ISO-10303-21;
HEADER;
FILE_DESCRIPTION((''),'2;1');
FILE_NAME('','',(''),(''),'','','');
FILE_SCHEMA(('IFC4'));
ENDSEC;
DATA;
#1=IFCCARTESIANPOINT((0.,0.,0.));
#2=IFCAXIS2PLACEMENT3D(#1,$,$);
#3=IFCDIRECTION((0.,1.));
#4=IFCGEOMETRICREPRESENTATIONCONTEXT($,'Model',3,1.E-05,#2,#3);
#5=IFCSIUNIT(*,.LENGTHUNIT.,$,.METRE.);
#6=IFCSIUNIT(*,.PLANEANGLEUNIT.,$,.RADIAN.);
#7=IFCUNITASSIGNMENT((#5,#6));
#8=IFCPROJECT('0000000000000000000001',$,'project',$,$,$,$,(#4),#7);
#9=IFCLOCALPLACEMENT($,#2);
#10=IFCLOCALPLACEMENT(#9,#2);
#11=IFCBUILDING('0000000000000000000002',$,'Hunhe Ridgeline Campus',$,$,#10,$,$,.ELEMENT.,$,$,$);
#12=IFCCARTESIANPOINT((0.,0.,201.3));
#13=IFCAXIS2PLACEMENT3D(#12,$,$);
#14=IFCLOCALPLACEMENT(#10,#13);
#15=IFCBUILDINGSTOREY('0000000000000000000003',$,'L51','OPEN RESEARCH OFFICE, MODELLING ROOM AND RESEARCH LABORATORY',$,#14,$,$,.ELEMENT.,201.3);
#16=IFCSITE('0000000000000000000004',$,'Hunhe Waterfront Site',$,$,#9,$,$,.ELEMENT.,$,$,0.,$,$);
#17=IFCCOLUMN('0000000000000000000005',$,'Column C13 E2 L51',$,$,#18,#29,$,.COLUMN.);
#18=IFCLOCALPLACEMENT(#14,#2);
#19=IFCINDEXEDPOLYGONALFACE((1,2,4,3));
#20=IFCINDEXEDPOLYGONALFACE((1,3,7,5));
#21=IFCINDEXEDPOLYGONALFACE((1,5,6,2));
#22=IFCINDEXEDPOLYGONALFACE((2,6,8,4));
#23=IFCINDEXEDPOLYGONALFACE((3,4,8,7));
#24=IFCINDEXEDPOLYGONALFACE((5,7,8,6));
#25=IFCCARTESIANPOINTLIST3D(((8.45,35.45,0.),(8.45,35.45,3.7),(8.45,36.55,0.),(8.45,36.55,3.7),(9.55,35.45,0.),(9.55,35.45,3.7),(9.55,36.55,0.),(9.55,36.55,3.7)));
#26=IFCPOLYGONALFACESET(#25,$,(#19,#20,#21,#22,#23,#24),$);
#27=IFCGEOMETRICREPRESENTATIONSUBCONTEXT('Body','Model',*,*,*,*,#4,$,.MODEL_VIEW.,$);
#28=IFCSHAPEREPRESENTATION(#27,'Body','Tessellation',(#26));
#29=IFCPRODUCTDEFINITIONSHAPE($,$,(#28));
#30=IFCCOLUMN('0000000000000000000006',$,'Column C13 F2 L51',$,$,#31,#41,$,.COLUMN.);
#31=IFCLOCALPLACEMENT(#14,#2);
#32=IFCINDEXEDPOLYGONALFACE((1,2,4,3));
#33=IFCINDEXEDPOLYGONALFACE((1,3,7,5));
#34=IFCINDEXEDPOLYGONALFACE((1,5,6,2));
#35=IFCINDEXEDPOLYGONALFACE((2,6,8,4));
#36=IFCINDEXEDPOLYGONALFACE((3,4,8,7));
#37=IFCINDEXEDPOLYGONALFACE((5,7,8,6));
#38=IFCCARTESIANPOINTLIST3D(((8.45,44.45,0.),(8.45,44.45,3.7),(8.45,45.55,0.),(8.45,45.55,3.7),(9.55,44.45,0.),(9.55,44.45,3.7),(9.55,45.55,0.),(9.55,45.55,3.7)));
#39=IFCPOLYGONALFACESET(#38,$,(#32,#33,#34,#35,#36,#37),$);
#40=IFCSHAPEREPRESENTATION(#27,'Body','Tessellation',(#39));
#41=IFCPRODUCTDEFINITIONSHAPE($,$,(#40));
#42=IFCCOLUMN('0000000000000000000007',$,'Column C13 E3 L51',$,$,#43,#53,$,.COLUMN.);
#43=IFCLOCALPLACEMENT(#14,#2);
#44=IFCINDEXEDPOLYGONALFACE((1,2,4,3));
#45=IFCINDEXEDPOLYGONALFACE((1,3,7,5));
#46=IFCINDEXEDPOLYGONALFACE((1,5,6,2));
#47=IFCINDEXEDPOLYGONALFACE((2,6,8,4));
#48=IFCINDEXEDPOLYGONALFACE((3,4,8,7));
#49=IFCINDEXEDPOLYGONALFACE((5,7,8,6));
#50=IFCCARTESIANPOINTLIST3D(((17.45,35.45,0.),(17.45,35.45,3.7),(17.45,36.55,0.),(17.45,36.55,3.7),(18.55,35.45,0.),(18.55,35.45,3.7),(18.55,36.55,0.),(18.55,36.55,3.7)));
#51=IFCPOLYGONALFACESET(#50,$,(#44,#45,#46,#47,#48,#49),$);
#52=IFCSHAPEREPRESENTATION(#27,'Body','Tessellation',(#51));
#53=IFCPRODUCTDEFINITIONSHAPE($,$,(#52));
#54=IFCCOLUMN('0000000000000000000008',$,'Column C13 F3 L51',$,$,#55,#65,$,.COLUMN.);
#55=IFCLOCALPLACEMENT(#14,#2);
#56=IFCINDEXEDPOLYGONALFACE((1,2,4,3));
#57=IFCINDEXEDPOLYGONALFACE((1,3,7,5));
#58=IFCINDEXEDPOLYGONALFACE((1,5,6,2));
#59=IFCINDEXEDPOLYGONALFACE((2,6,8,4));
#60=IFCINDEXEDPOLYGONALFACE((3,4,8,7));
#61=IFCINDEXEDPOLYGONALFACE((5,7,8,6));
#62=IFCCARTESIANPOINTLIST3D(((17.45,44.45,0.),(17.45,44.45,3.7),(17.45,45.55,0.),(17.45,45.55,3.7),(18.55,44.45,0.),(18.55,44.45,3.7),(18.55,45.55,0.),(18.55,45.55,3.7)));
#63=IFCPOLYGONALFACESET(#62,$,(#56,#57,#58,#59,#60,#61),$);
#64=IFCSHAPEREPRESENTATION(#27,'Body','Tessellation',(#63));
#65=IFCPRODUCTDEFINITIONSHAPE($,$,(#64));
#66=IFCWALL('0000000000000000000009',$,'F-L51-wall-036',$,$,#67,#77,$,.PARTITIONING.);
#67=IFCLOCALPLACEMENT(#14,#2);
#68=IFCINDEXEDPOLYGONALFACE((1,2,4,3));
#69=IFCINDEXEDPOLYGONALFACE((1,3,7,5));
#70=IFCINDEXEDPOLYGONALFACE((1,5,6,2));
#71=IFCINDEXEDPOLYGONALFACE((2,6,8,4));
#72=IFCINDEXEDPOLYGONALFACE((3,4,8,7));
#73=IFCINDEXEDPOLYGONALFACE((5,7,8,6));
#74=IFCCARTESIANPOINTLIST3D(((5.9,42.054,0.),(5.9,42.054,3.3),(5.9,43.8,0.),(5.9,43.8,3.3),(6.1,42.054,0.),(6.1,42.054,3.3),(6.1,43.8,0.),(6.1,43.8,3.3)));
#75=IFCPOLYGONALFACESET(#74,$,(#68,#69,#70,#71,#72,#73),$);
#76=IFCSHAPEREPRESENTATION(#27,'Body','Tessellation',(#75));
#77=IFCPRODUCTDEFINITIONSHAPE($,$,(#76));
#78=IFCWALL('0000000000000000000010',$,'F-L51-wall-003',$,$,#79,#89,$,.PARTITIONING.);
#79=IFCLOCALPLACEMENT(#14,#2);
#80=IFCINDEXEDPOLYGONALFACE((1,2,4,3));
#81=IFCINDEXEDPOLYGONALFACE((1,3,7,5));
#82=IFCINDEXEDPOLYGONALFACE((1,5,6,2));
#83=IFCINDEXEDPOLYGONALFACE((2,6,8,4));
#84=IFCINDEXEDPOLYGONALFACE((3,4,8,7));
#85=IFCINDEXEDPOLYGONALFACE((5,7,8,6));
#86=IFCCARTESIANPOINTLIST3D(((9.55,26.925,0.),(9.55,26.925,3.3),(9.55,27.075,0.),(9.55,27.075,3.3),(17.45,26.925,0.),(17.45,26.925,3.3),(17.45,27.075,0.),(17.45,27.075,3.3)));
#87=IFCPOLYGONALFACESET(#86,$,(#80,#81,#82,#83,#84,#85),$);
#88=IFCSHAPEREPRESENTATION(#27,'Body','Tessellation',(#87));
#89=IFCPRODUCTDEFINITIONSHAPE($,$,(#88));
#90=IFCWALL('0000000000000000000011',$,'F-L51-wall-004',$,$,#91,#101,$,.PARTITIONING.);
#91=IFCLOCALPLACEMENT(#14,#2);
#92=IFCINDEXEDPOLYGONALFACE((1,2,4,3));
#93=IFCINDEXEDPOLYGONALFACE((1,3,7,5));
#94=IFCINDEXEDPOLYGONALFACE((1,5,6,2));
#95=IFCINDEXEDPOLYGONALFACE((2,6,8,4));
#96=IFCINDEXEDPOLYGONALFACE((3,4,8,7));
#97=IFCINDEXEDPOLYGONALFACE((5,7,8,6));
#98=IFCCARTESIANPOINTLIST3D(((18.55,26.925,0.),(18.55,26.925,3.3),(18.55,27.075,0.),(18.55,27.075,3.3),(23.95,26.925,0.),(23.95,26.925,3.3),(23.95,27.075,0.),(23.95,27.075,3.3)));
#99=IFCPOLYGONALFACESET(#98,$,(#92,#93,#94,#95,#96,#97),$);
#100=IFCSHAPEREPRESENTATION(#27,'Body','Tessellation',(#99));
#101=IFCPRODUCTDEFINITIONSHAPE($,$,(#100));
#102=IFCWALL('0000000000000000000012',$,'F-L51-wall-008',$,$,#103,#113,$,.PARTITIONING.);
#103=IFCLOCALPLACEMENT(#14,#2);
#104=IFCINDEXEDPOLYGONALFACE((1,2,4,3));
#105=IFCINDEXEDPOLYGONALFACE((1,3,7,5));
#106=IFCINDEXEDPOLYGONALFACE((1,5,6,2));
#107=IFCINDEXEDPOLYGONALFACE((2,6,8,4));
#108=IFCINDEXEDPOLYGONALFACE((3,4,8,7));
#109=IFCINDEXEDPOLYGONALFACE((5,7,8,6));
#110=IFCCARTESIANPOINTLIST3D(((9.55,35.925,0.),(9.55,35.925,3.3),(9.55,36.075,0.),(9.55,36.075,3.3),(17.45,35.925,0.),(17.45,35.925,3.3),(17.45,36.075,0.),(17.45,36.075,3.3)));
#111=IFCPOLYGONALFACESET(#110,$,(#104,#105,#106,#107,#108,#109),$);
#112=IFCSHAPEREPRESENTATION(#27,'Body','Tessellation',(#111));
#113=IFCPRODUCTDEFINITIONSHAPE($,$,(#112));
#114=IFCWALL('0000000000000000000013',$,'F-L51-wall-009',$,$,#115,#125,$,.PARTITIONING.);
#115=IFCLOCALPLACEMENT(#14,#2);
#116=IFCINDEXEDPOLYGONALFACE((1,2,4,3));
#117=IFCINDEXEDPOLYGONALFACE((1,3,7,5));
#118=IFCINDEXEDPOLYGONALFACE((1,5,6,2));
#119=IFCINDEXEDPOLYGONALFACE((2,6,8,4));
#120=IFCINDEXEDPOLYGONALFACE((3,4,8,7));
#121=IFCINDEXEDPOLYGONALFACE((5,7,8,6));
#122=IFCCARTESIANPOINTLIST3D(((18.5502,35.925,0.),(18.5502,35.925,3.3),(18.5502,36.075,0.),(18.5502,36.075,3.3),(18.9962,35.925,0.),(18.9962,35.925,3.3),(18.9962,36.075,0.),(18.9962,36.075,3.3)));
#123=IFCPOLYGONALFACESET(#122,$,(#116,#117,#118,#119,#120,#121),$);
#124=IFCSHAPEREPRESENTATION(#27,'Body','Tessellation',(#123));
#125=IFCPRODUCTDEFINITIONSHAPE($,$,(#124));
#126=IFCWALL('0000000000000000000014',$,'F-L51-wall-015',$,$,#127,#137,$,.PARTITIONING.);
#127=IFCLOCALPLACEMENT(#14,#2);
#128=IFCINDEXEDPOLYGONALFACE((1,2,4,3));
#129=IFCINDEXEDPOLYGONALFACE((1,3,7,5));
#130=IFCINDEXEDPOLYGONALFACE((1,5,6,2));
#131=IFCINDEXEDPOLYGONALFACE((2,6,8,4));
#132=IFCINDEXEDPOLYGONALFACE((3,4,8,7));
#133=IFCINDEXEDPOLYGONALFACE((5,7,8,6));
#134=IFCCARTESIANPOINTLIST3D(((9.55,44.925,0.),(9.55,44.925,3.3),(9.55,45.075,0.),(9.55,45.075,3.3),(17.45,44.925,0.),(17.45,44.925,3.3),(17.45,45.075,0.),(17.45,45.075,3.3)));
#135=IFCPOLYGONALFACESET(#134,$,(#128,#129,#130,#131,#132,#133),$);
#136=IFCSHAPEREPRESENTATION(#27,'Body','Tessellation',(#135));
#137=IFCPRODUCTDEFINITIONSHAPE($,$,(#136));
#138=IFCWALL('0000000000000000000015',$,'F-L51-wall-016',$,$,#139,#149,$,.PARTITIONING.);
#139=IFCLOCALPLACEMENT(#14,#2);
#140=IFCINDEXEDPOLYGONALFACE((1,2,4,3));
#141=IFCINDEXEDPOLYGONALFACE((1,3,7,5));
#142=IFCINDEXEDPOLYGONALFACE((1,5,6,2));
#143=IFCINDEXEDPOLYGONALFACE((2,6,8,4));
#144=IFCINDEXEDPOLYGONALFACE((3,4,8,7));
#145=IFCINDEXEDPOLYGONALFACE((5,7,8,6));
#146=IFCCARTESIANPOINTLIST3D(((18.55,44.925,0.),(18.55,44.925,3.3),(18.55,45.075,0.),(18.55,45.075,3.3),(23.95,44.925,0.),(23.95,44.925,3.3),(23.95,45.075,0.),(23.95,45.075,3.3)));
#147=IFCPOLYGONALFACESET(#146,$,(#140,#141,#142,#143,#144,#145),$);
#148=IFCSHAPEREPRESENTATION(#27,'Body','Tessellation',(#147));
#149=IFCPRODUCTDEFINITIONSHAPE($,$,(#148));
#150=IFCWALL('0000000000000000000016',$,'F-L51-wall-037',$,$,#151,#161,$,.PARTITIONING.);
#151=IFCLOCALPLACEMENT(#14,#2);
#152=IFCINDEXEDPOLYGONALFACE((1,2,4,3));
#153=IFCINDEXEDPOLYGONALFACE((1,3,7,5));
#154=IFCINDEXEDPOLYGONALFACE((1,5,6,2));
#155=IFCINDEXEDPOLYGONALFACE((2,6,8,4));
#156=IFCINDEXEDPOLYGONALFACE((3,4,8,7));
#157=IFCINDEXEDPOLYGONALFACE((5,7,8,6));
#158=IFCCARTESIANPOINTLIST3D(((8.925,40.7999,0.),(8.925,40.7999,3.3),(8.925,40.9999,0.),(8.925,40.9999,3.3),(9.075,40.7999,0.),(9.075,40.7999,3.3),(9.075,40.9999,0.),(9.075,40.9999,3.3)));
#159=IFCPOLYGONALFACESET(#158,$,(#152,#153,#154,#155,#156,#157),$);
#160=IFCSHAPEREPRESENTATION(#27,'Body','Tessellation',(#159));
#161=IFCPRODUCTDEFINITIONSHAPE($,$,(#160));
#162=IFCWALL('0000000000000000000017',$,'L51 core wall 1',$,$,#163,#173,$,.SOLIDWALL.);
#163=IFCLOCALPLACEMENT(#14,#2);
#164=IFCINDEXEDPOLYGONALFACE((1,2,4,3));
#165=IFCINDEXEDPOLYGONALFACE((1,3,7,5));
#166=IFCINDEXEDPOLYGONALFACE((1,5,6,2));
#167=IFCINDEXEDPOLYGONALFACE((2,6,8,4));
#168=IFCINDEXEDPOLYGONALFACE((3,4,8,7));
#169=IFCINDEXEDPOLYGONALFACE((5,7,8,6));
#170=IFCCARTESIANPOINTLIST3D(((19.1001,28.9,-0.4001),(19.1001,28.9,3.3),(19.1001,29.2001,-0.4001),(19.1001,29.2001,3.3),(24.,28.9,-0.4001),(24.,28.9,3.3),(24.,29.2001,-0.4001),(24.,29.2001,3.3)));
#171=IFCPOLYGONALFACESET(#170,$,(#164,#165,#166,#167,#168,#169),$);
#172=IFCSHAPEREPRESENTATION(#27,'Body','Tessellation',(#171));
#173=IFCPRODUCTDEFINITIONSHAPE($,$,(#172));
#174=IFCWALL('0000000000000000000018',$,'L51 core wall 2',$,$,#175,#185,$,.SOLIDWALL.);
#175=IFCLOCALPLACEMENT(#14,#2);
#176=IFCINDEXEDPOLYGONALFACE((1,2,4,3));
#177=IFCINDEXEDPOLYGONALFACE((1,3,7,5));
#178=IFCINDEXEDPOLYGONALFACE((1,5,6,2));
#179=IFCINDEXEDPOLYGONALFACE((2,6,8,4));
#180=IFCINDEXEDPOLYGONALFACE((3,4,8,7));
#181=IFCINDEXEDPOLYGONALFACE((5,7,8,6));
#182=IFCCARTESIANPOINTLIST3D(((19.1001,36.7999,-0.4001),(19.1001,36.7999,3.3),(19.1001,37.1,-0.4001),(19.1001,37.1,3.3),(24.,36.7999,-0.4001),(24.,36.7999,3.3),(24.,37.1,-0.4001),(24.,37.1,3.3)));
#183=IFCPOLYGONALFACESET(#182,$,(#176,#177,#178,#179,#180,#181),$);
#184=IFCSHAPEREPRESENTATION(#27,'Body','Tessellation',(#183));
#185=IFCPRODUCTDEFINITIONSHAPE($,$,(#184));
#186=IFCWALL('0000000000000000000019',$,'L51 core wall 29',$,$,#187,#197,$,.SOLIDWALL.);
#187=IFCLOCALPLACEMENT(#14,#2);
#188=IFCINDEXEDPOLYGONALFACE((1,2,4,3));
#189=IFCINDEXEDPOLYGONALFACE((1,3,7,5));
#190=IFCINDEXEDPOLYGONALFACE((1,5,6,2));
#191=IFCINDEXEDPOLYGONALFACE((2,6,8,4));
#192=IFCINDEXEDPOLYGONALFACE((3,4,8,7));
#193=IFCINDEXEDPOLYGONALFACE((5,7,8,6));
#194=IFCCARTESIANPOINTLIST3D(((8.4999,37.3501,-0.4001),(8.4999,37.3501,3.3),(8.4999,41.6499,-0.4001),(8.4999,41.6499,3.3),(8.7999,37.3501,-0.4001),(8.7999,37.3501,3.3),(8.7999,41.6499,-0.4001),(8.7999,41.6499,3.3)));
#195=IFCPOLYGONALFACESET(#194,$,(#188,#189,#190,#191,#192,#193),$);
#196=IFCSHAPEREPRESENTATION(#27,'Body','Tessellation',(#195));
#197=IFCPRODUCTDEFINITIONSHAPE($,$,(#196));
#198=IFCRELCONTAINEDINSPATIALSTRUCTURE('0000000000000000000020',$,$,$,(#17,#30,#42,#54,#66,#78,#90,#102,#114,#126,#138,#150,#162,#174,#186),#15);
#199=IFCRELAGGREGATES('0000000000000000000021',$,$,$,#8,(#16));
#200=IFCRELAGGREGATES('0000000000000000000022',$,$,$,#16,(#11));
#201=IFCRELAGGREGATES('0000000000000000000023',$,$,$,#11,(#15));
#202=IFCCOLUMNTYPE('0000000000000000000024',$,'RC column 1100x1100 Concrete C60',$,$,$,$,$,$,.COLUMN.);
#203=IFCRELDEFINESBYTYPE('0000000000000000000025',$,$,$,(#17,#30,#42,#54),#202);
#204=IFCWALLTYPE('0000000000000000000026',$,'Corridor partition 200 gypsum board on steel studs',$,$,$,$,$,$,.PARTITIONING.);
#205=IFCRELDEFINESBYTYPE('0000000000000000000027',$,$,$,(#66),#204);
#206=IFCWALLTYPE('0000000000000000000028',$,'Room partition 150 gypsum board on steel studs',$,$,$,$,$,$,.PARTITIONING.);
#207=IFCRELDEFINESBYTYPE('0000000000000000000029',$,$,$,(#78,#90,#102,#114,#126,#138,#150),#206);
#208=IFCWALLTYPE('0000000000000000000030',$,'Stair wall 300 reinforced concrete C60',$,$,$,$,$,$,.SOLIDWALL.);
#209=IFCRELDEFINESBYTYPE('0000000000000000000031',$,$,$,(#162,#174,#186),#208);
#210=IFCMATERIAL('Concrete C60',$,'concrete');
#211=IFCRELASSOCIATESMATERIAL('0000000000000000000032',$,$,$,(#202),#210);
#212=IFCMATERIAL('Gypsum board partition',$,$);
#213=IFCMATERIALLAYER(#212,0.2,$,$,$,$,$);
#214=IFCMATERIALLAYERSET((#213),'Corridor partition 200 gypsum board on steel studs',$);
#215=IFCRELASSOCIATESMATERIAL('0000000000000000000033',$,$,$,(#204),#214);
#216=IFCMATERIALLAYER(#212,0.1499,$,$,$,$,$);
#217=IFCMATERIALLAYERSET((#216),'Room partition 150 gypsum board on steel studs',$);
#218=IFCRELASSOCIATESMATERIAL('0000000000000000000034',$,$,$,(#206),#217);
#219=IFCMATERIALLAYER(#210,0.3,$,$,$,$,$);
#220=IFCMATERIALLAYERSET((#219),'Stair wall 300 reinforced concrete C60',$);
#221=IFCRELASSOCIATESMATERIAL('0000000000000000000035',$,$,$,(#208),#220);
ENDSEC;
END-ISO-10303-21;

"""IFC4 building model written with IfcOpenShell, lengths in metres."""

from ifc_helpers import new_model, si_unit, direction, frame, frame_2d, origin, origin_2d, place, context, subcontext, project, spatial, rectangle, extrude, material, layer, layer_set, material_profile, profile_set, type_object, element, save


model = new_model("IFC4")

# Units and contexts
model_context = context("Model", 3, precision=1e-05, world=origin(), true_north=direction((0.0, 1.0)))
body_context = subcontext(model_context, "Body", "Model", "MODEL_VIEW")
ifc_project = project(units=[si_unit("LENGTHUNIT", "METRE"), si_unit("PLANEANGLEUNIT", "RADIAN")], contexts=[model_context])

# Site, building, storey
site_placement = place(None, origin())
site = spatial("IfcSite", under=ifc_project, at=site_placement, Name="Hunhe Waterfront Site", CompositionType="ELEMENT", RefElevation=0.0)
building_placement = place(site_placement, origin())
building = spatial("IfcBuilding", under=site, at=building_placement, Name="Hunhe Ridgeline Campus", CompositionType="ELEMENT")
storey_placement = place(building_placement, frame((0.0, 0.0, 201.3)))
storey = spatial("IfcBuildingStorey", under=building, at=storey_placement, Name="L51", Description="OPEN RESEARCH OFFICE, MODELLING ROOM AND RESEARCH LABORATORY", CompositionType="ELEMENT", Elevation=201.3)

# Columns
ifc_material_1 = material(Name="Concrete C60", Category="concrete")
ifc_material_profile = material_profile(ifc_material_1, rectangle(XDim=1.1001, YDim=1.1001, at=origin_2d()))
ifc_profile_set = profile_set([ifc_material_profile], Name="Concrete C60")
column_type = type_object("IfcColumnType", Name="RC column 1100x1100 Concrete C60", PredefinedType="COLUMN", material=ifc_profile_set)
for number, where, z_axis, x_axis, name in (
    (1, (9.0, 36.0, 0.0), (0.0, 0.0, 1.0), (1.0, 0.0, 0.0), "Column C13 E2 L51"),
    (2, (9.0, 45.0, 0.0), (0.0, 0.0, 1.0), (1.0, 0.0, 0.0), "Column C13 F2 L51"),
    (3, (18.0, 36.0, 0.0), (0.0, 0.0, 1.0), (1.0, 0.0, 0.0), "Column C13 E3 L51"),
    (4, (18.0, 45.0, 0.0), (0.0, 0.0, 1.0), (1.0, 0.0, 0.0), "Column C13 F3 L51"),
):
    element("IfcColumn", number, at=place(storey_placement, frame(where, z_axis=z_axis, x_axis=x_axis)), inside=storey, type_object=column_type, Name=name, PredefinedType="COLUMN", context=body_context, shape_type="SweptSolid", body=[
        extrude(rectangle(XDim=1.1001, YDim=1.1001, at=origin_2d()), origin(), (0.0, 0.0, 1.0), 3.7),
    ])

# Shared definitions
ifc_material_2 = material(Name="Gypsum board partition")
ifc_layer_1 = layer(ifc_material_2, 0.2)
ifc_layer_set_1 = layer_set([ifc_layer_1], Name="Corridor partition 200 gypsum board on steel studs")
wall_type_1 = type_object("IfcWallType", Name="Corridor partition 200 gypsum board on steel studs", PredefinedType="PARTITIONING", material=ifc_layer_set_1)

# Walls
wall_1_placement = place(storey_placement, frame((6.0, 42.054, 0.0), z_axis=(0.0, 0.0, 1.0), x_axis=(0.0, 1.0, 0.0)))
element("IfcWall", 5, at=wall_1_placement, inside=storey, type_object=wall_type_1, Name="F-L51-wall-036", PredefinedType="PARTITIONING", context=body_context, shape_type="SweptSolid", body=[
    extrude(rectangle(XDim=1.7461, YDim=0.2, at=frame_2d((0.873, 0.0))), origin(), (0.0, 0.0, 1.0), 3.3),
])
ifc_layer_2 = layer(ifc_material_2, 0.1499)
ifc_layer_set_2 = layer_set([ifc_layer_2], Name="Room partition 150 gypsum board on steel studs")
wall_type_2 = type_object("IfcWallType", Name="Room partition 150 gypsum board on steel studs", PredefinedType="PARTITIONING", material=ifc_layer_set_2)
wall_2_placement = place(storey_placement, frame((9.55, 27.0, 0.0), z_axis=(0.0, 0.0, 1.0), x_axis=(1.0, 0.0, 0.0)))
element("IfcWall", 6, at=wall_2_placement, inside=storey, type_object=wall_type_2, Name="F-L51-wall-003", PredefinedType="PARTITIONING", context=body_context, shape_type="SweptSolid", body=[
    extrude(rectangle(XDim=7.8999, YDim=0.1499, at=frame_2d((3.95, 0.0))), origin(), (0.0, 0.0, 1.0), 3.3),
])
wall_3_placement = place(storey_placement, frame((18.55, 27.0, 0.0), z_axis=(0.0, 0.0, 1.0), x_axis=(1.0, 0.0, 0.0)))
element("IfcWall", 7, at=wall_3_placement, inside=storey, type_object=wall_type_2, Name="F-L51-wall-004", PredefinedType="PARTITIONING", context=body_context, shape_type="SweptSolid", body=[
    extrude(rectangle(XDim=5.3999, YDim=0.1499, at=frame_2d((2.7, 0.0))), origin(), (0.0, 0.0, 1.0), 3.3),
])
wall_4_placement = place(storey_placement, frame((9.55, 36.0, 0.0), z_axis=(0.0, 0.0, 1.0), x_axis=(1.0, 0.0, 0.0)))
element("IfcWall", 8, at=wall_4_placement, inside=storey, type_object=wall_type_2, Name="F-L51-wall-008", PredefinedType="PARTITIONING", context=body_context, shape_type="SweptSolid", body=[
    extrude(rectangle(XDim=7.8999, YDim=0.1499, at=frame_2d((3.95, 0.0))), origin(), (0.0, 0.0, 1.0), 3.3),
])
wall_5_placement = place(storey_placement, frame((18.55, 36.0, 0.0), z_axis=(0.0, 0.0, 1.0), x_axis=(1.0, 0.0, 0.0)))
element("IfcWall", 9, at=wall_5_placement, inside=storey, type_object=wall_type_2, Name="F-L51-wall-009", PredefinedType="PARTITIONING", context=body_context, shape_type="SweptSolid", body=[
    extrude(rectangle(XDim=0.446, YDim=0.1499, at=frame_2d((0.2231, 0.0))), origin(), (0.0, 0.0, 1.0), 3.3),
])
wall_6_placement = place(storey_placement, frame((9.55, 45.0, 0.0), z_axis=(0.0, 0.0, 1.0), x_axis=(1.0, 0.0, 0.0)))
element("IfcWall", 10, at=wall_6_placement, inside=storey, type_object=wall_type_2, Name="F-L51-wall-015", PredefinedType="PARTITIONING", context=body_context, shape_type="SweptSolid", body=[
    extrude(rectangle(XDim=7.8999, YDim=0.1499, at=frame_2d((3.95, 0.0))), origin(), (0.0, 0.0, 1.0), 3.3),
])
wall_7_placement = place(storey_placement, frame((18.55, 45.0, 0.0), z_axis=(0.0, 0.0, 1.0), x_axis=(1.0, 0.0, 0.0)))
element("IfcWall", 11, at=wall_7_placement, inside=storey, type_object=wall_type_2, Name="F-L51-wall-016", PredefinedType="PARTITIONING", context=body_context, shape_type="SweptSolid", body=[
    extrude(rectangle(XDim=5.3999, YDim=0.1499, at=frame_2d((2.7, 0.0))), origin(), (0.0, 0.0, 1.0), 3.3),
])
wall_8_placement = place(storey_placement, frame((9.0, 41.0, 0.0), z_axis=(0.0, 0.0, 1.0), x_axis=(0.0, -1.0, 0.0)))
element("IfcWall", 12, at=wall_8_placement, inside=storey, type_object=wall_type_2, Name="F-L51-wall-037", PredefinedType="PARTITIONING", context=body_context, shape_type="SweptSolid", body=[
    extrude(rectangle(XDim=0.2, YDim=0.1499, at=frame_2d((0.1001, 0.0))), origin(), (0.0, 0.0, 1.0), 3.3),
])
ifc_layer_3 = layer(ifc_material_1, 0.3)
ifc_layer_set_3 = layer_set([ifc_layer_3], Name="Stair wall 300 reinforced concrete C60")
wall_type_3 = type_object("IfcWallType", Name="Stair wall 300 reinforced concrete C60", PredefinedType="SOLIDWALL", material=ifc_layer_set_3)
for number, where, z_axis, x_axis, name in (
    (13, (19.1001, 29.05, -0.4001), (0.0, 0.0, 1.0), (1.0, 0.0, 0.0), "L51 core wall 1"),
    (14, (19.1001, 36.95, -0.4001), (0.0, 0.0, 1.0), (1.0, 0.0, 0.0), "L51 core wall 2"),
):
    element("IfcWall", number, at=place(storey_placement, frame(where, z_axis=z_axis, x_axis=x_axis)), inside=storey, type_object=wall_type_3, Name=name, PredefinedType="SOLIDWALL", context=body_context, shape_type="SweptSolid", body=[
        extrude(rectangle(XDim=4.8999, YDim=0.3, at=frame_2d((2.45, 0.0))), origin(), (0.0, 0.0, 1.0), 3.7002),
    ])
wall_9_placement = place(storey_placement, frame((8.6499, 37.3501, -0.4001), z_axis=(0.0, 0.0, 1.0), x_axis=(0.0, 1.0, 0.0)))
element("IfcWall", 15, at=wall_9_placement, inside=storey, type_object=wall_type_3, Name="L51 core wall 29", PredefinedType="SOLIDWALL", context=body_context, shape_type="SweptSolid", body=[
    extrude(rectangle(XDim=4.2998, YDim=0.3, at=frame_2d((2.1499, 0.0))), origin(), (0.0, 0.0, 1.0), 3.7002),
])

save(model, "model.ifc")
